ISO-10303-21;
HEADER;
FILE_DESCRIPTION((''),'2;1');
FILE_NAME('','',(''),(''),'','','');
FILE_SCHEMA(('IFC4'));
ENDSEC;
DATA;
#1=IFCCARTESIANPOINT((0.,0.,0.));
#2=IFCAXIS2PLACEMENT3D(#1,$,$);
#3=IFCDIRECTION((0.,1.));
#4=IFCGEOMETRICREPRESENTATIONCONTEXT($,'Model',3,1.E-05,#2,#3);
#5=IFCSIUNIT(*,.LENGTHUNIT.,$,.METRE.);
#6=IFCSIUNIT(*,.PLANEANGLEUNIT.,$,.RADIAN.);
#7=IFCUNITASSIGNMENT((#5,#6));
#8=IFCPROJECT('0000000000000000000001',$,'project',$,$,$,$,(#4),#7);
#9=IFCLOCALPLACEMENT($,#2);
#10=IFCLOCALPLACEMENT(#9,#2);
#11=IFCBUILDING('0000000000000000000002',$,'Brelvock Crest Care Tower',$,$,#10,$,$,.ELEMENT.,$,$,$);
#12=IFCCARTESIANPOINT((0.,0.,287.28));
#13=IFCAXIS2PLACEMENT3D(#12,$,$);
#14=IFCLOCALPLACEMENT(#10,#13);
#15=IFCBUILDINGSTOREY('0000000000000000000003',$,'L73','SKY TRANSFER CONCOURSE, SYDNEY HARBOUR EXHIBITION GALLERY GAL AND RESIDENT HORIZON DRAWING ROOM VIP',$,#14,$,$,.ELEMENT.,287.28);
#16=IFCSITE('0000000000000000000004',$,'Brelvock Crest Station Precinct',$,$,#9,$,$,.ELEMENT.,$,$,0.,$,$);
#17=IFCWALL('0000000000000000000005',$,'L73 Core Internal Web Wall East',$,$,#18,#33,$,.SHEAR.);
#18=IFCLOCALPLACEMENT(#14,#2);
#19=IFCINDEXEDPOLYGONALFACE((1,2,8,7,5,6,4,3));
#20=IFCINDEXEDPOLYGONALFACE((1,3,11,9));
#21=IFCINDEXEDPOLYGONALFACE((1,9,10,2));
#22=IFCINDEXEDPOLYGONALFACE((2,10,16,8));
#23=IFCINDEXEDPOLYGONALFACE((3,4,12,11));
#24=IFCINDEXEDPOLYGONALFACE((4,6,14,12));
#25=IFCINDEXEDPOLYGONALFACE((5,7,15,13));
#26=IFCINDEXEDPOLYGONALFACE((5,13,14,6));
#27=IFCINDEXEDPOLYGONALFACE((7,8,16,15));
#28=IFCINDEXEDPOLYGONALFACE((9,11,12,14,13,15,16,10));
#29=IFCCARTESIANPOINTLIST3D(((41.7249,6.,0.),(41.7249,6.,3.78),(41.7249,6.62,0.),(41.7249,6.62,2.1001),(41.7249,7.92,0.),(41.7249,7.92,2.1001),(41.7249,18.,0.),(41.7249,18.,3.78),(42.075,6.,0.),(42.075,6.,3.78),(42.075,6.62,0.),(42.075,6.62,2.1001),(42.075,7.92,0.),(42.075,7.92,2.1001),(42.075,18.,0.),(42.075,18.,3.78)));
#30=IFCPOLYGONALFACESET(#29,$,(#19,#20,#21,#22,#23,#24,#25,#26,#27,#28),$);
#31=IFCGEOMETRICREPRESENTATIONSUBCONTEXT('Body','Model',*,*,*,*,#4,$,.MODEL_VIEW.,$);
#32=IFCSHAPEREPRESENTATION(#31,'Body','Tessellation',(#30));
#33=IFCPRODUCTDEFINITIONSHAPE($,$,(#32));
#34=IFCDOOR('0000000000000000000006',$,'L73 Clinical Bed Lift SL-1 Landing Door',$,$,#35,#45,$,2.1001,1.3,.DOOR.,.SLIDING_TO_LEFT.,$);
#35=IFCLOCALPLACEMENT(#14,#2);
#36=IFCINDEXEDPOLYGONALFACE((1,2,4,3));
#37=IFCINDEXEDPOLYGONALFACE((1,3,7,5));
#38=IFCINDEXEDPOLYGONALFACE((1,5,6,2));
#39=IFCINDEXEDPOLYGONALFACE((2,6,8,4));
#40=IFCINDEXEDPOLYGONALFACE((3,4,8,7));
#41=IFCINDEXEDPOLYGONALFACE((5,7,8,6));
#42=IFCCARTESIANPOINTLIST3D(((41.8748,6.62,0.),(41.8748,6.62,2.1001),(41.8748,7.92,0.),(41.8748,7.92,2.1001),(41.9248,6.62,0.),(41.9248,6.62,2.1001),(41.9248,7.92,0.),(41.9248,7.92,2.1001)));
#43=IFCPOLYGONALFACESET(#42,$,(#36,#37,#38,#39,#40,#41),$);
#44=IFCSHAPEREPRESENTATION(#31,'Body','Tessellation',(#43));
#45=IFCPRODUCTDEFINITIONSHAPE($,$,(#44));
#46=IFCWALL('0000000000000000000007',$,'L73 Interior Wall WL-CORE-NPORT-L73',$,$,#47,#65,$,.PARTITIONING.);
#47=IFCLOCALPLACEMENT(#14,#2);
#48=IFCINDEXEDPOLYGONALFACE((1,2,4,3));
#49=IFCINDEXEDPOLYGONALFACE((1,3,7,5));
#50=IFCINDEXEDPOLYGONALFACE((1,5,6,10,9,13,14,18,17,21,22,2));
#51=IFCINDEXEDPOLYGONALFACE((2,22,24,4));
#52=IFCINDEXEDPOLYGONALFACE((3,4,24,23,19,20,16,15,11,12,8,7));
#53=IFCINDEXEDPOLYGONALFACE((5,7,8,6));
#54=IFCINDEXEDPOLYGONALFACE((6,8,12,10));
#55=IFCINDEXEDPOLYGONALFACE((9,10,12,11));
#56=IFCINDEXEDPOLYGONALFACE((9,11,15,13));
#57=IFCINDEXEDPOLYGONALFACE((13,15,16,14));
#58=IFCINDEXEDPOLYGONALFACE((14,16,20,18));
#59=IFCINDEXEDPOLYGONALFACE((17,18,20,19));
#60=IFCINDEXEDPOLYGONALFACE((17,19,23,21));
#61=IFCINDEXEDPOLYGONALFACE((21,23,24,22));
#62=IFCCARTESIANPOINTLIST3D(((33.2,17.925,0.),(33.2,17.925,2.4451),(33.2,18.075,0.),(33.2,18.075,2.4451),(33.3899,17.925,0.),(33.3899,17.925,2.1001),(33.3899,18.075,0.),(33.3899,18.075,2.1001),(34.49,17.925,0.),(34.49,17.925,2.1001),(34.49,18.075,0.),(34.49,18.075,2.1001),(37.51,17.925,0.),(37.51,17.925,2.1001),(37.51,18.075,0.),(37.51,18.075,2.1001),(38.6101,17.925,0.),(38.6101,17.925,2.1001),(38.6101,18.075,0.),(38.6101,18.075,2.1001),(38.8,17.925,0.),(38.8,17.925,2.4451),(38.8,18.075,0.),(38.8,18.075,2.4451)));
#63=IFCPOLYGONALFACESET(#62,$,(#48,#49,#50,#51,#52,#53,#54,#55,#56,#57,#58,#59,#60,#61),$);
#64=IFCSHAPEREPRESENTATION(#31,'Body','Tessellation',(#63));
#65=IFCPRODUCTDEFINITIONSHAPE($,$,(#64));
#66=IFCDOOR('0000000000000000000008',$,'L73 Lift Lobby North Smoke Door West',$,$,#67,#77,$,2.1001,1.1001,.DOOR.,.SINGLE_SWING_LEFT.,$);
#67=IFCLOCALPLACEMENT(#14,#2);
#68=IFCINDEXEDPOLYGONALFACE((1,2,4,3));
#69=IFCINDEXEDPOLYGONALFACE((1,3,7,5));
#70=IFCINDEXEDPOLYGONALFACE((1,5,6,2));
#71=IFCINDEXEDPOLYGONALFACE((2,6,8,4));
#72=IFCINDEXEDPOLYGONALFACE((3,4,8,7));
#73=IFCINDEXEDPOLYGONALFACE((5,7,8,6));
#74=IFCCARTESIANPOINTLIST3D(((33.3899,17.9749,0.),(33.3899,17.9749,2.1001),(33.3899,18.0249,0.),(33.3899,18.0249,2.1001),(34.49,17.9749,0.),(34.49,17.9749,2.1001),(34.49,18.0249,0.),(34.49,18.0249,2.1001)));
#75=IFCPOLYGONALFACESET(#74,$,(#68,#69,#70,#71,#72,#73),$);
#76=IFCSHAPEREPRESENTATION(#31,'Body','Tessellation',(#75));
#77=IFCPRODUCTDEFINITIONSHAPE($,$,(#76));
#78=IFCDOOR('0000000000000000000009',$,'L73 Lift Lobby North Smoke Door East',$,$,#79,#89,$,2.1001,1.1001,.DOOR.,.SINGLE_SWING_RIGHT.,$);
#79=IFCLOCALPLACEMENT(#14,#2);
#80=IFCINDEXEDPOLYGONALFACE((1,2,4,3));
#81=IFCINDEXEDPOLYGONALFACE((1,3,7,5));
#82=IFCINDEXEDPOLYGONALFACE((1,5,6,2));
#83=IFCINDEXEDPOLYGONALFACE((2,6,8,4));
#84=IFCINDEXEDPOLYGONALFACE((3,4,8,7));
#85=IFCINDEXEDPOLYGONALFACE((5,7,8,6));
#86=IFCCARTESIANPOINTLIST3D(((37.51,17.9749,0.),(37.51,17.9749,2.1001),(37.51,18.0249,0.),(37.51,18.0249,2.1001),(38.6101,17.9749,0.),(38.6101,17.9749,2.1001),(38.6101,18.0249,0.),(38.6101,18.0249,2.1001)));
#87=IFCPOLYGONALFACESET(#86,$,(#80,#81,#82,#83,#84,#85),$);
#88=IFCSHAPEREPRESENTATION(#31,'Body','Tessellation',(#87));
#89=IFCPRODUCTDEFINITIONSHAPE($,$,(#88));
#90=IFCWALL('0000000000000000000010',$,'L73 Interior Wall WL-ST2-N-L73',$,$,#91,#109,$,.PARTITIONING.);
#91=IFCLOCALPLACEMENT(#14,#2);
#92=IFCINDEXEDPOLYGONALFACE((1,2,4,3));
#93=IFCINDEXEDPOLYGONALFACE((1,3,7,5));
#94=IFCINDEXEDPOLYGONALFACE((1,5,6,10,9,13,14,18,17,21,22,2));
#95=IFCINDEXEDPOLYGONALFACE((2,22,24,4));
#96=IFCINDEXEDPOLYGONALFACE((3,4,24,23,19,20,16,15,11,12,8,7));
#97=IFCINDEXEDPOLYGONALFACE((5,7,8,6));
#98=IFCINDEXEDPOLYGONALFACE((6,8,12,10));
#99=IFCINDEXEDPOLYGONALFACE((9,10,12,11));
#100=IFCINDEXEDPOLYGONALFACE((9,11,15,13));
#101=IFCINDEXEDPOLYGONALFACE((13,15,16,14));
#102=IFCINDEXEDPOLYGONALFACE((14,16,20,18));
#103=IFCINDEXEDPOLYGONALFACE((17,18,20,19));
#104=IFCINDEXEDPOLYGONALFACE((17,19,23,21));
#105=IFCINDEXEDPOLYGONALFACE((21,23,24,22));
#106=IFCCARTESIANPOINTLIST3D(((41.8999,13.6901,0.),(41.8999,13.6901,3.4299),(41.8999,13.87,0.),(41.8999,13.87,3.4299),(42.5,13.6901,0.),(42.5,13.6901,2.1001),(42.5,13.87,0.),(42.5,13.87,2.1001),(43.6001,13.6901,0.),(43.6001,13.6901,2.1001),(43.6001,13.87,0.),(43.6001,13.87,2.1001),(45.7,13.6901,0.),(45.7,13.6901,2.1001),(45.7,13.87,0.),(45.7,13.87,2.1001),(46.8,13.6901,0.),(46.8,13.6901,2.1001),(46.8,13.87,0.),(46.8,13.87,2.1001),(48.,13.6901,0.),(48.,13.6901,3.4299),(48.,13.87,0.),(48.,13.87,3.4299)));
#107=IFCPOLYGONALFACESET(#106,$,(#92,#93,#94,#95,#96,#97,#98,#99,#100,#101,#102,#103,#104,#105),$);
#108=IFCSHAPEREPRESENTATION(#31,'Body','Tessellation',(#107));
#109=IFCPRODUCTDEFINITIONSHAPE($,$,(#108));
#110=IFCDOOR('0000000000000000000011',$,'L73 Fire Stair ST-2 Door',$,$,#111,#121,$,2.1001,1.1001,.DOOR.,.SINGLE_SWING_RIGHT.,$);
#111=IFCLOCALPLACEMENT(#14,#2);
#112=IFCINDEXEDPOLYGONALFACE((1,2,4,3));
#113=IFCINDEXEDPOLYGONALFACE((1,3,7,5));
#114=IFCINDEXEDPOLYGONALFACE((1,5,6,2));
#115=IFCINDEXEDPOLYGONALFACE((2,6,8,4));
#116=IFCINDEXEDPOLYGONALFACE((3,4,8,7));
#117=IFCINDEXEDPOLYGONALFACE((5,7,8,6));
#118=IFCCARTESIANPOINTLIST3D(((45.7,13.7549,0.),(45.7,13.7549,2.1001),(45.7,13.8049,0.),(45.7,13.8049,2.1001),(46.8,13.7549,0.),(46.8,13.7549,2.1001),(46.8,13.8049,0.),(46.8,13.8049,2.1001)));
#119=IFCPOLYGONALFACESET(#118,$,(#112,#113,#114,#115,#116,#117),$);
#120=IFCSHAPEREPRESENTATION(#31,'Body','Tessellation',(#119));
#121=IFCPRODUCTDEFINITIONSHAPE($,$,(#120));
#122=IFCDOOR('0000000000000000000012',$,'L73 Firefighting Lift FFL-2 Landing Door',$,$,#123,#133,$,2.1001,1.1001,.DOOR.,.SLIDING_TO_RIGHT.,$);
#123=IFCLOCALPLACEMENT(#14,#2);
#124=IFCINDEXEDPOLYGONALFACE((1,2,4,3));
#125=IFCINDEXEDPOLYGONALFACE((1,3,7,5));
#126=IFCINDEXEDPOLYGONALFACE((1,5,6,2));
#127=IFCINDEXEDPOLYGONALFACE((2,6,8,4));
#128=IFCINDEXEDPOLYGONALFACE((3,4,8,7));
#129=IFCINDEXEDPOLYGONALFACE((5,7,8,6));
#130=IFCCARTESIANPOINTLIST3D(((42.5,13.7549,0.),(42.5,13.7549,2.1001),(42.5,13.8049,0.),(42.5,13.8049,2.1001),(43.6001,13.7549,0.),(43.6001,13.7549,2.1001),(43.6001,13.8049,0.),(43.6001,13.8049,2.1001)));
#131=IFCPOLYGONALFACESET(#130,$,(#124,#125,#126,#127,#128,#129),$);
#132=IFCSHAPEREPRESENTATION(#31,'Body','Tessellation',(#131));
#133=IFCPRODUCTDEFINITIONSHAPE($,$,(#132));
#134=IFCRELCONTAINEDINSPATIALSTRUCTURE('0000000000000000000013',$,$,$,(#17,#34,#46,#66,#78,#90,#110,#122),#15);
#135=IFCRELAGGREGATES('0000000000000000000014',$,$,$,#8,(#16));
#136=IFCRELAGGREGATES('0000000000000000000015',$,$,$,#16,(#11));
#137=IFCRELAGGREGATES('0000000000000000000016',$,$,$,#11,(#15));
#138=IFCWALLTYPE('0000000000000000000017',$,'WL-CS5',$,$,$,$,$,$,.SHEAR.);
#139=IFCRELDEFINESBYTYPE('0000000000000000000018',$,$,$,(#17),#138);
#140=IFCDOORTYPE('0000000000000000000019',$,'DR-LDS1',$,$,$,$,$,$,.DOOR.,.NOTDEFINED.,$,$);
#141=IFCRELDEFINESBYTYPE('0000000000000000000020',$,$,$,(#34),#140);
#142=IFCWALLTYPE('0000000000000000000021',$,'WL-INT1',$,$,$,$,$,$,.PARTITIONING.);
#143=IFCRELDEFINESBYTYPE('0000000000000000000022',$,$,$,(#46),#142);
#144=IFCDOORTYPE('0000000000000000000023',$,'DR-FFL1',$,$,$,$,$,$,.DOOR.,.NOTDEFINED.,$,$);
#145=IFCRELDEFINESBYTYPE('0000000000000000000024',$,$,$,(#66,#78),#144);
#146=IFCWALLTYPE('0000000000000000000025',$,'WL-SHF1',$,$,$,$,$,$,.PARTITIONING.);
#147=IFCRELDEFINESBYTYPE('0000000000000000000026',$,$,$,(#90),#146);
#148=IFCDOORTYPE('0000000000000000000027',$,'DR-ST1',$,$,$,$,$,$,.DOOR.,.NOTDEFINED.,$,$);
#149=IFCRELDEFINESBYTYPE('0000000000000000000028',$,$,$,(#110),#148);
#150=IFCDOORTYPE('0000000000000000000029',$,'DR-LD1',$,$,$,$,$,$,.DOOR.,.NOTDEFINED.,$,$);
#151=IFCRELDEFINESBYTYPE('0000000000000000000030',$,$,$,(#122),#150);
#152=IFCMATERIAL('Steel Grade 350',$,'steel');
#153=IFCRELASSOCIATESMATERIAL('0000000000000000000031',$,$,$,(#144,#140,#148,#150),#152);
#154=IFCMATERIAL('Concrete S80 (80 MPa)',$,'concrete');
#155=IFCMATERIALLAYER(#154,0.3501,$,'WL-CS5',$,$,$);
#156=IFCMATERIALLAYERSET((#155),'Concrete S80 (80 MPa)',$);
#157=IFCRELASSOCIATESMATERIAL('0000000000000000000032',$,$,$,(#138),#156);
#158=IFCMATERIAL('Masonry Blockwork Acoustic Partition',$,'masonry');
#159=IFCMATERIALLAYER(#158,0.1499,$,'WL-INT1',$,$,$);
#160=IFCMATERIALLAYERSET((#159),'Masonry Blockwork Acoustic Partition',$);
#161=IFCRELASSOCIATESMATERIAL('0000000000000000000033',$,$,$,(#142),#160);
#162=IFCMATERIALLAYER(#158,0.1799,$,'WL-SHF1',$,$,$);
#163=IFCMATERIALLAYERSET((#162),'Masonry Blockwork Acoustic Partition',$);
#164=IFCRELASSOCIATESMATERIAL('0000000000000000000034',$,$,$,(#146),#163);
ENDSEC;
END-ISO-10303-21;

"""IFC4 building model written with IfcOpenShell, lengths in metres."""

from ifc_helpers import new_model, si_unit, direction, frame, frame_2d, origin, origin_2d, place, context, subcontext, project, spatial, rectangle, extrude, source, transform, mapped, material, layer, layer_set, type_object, element, fill, save


model = new_model("IFC4")

# Units and contexts
model_context = context("Model", 3, precision=1e-05, world=origin(), true_north=direction((0.0, 1.0)))
body_context = subcontext(model_context, "Body", "Model", "MODEL_VIEW")
ifc_project = project(units=[si_unit("LENGTHUNIT", "METRE"), si_unit("PLANEANGLEUNIT", "RADIAN")], contexts=[model_context])

# Site, building, storey
site_placement = place(None, origin())
site = spatial("IfcSite", under=ifc_project, at=site_placement, Name="Brelvock Crest Station Precinct", CompositionType="ELEMENT", RefElevation=0.0)
building_placement = place(site_placement, origin())
building = spatial("IfcBuilding", under=site, at=building_placement, Name="Brelvock Crest Care Tower", CompositionType="ELEMENT")
storey_placement = place(building_placement, frame((0.0, 0.0, 287.28)))
storey = spatial("IfcBuildingStorey", under=building, at=storey_placement, Name="L73", Description="SKY TRANSFER CONCOURSE, SYDNEY HARBOUR EXHIBITION GALLERY GAL AND RESIDENT HORIZON DRAWING ROOM VIP", CompositionType="ELEMENT", Elevation=287.28)

# Shared definitions
ifc_material_1 = material(Name="Steel Grade 350", Category="steel")

# Wall, opening, door
door_type_1 = type_object("IfcDoorType", Name="DR-FFL1", OperationType="NOTDEFINED", PredefinedType="DOOR", material=ifc_material_1)
shared_shape_1 = source(origin(), body_context, "Body", "SweptSolid", [
    extrude(rectangle(XDim=1.1001, YDim=2.1001, at=origin_2d()), frame((0.55, 0.0249, 1.05), z_axis=(0.0, -1.0, 0.0), x_axis=(1.0, 0.0, 0.0)), (0.0, 0.0, 1.0), 0.05),
])
ifc_material_2 = material(Name="Concrete S80 (80 MPa)", Category="concrete")
ifc_layer_1 = layer(ifc_material_2, 0.3501, Name="WL-CS5")
ifc_layer_set_1 = layer_set([ifc_layer_1], Name="Concrete S80 (80 MPa)")
wall_type_1 = type_object("IfcWallType", Name="WL-CS5", PredefinedType="SHEAR", material=ifc_layer_set_1)
wall_1_placement = place(storey_placement, frame((41.8999, 18.0, 0.0), z_axis=(0.0, 0.0, 1.0), x_axis=(0.0, -1.0, 0.0)))
wall_1 = element("IfcWall", 1, at=wall_1_placement, inside=storey, type_object=wall_type_1, Name="L73 Core Internal Web Wall East", PredefinedType="SHEAR", context=body_context, shape_type="SweptSolid", body=[
    extrude(rectangle(XDim=12.0, YDim=0.3501, at=frame_2d((6.0, 0.0))), origin(), (0.0, 0.0, 1.0), 3.78),
])
opening_1_placement = place(wall_1_placement, frame((10.0801, 0.0, 0.0)))
opening_1 = element("IfcOpeningElement", 2, at=opening_1_placement, cuts=wall_1, PredefinedType="OPENING", context=body_context, shape_type="SweptSolid", body=[
    extrude(rectangle(XDim=1.3, YDim=2.1001, at=origin_2d()), frame((0.6499, 0.1851, 1.05), z_axis=(0.0, -1.0, 0.0), x_axis=(1.0, 0.0, 0.0)), (0.0, 0.0, 1.0), 0.3701),
])
door_type_2 = type_object("IfcDoorType", Name="DR-LDS1", OperationType="NOTDEFINED", PredefinedType="DOOR", material=ifc_material_1)
shared_shape_2 = source(origin(), body_context, "Body", "SweptSolid", [
    extrude(rectangle(XDim=1.3, YDim=2.1001, at=origin_2d()), frame((0.6499, 0.0249, 1.05), z_axis=(0.0, -1.0, 0.0), x_axis=(1.0, 0.0, 0.0)), (0.0, 0.0, 1.0), 0.05),
])
door_1_placement = place(opening_1_placement, origin())
door_1 = element("IfcDoor", 3, at=door_1_placement, inside=storey, type_object=door_type_2, Name="L73 Clinical Bed Lift SL-1 Landing Door", OperationType="SLIDING_TO_LEFT", OverallHeight=2.1001, OverallWidth=1.3, PredefinedType="DOOR", context=body_context, shape_type="MappedRepresentation", body=[
    mapped(shared_shape_2, transform((0.0, 0.0, 0.0), x_axis=(1.0, 0.0, 0.0), y_axis=(0.0, 1.0, 0.0), z_axis=(0.0, 0.0, 1.0), scale=1.0)),
])
fill(opening_1, door_1)

# Walls, openings, doors
ifc_material_3 = material(Name="Masonry Blockwork Acoustic Partition", Category="masonry")
ifc_layer_2 = layer(ifc_material_3, 0.1499, Name="WL-INT1")
ifc_layer_set_2 = layer_set([ifc_layer_2], Name="Masonry Blockwork Acoustic Partition")
wall_type_2 = type_object("IfcWallType", Name="WL-INT1", PredefinedType="PARTITIONING", material=ifc_layer_set_2)
wall_2_placement = place(storey_placement, frame((33.2, 18.0, 0.0), z_axis=(0.0, 0.0, 1.0), x_axis=(1.0, 0.0, 0.0)))
wall_2 = element("IfcWall", 4, at=wall_2_placement, inside=storey, type_object=wall_type_2, Name="L73 Interior Wall WL-CORE-NPORT-L73", PredefinedType="PARTITIONING", context=body_context, shape_type="SweptSolid", body=[
    extrude(rectangle(XDim=5.6001, YDim=0.1499, at=frame_2d((2.8, 0.0))), origin(), (0.0, 0.0, 1.0), 2.4451),
])
opening_2_placement = place(wall_2_placement, frame((0.1899, 0.0, 0.0)))
opening_2 = element("IfcOpeningElement", 5, at=opening_2_placement, cuts=wall_2, PredefinedType="OPENING", context=body_context, shape_type="SweptSolid", body=[
    extrude(rectangle(XDim=1.1001, YDim=2.1001, at=origin_2d()), frame((0.55, 0.085, 1.05), z_axis=(0.0, -1.0, 0.0), x_axis=(1.0, 0.0, 0.0)), (0.0, 0.0, 1.0), 0.1699),
])
opening_3_placement = place(wall_2_placement, frame((4.3101, 0.0, 0.0)))
opening_3 = element("IfcOpeningElement", 6, at=opening_3_placement, cuts=wall_2, PredefinedType="OPENING", context=body_context, shape_type="SweptSolid", body=[
    extrude(rectangle(XDim=1.1001, YDim=2.1001, at=origin_2d()), frame((0.55, 0.085, 1.05), z_axis=(0.0, -1.0, 0.0), x_axis=(1.0, 0.0, 0.0)), (0.0, 0.0, 1.0), 0.1699),
])
door_2_placement = place(opening_2_placement, origin())
door_2 = element("IfcDoor", 7, at=door_2_placement, inside=storey, type_object=door_type_1, Name="L73 Lift Lobby North Smoke Door West", OperationType="SINGLE_SWING_LEFT", OverallHeight=2.1001, OverallWidth=1.1001, PredefinedType="DOOR", context=body_context, shape_type="MappedRepresentation", body=[
    mapped(shared_shape_1, transform((0.0, 0.0, 0.0), x_axis=(1.0, 0.0, 0.0), y_axis=(0.0, 1.0, 0.0), z_axis=(0.0, 0.0, 1.0), scale=1.0)),
])
fill(opening_2, door_2)
door_3_placement = place(opening_3_placement, origin())
door_3 = element("IfcDoor", 8, at=door_3_placement, inside=storey, type_object=door_type_1, Name="L73 Lift Lobby North Smoke Door East", OperationType="SINGLE_SWING_RIGHT", OverallHeight=2.1001, OverallWidth=1.1001, PredefinedType="DOOR", context=body_context, shape_type="MappedRepresentation", body=[
    mapped(shared_shape_1, transform((0.0, 0.0, 0.0), x_axis=(1.0, 0.0, 0.0), y_axis=(0.0, 1.0, 0.0), z_axis=(0.0, 0.0, 1.0), scale=1.0)),
])
fill(opening_3, door_3)
ifc_layer_3 = layer(ifc_material_3, 0.1799, Name="WL-SHF1")
ifc_layer_set_3 = layer_set([ifc_layer_3], Name="Masonry Blockwork Acoustic Partition")
wall_type_3 = type_object("IfcWallType", Name="WL-SHF1", PredefinedType="PARTITIONING", material=ifc_layer_set_3)
wall_3_placement = place(storey_placement, frame((41.8999, 13.78, 0.0), z_axis=(0.0, 0.0, 1.0), x_axis=(1.0, 0.0, 0.0)))
wall_3 = element("IfcWall", 9, at=wall_3_placement, inside=storey, type_object=wall_type_3, Name="L73 Interior Wall WL-ST2-N-L73", PredefinedType="PARTITIONING", context=body_context, shape_type="SweptSolid", body=[
    extrude(rectangle(XDim=6.1001, YDim=0.1799, at=frame_2d((3.05, 0.0))), origin(), (0.0, 0.0, 1.0), 3.4299),
])
opening_4_placement = place(wall_3_placement, frame((0.6001, 0.0, 0.0)))
opening_4 = element("IfcOpeningElement", 10, at=opening_4_placement, cuts=wall_3, PredefinedType="OPENING", context=body_context, shape_type="SweptSolid", body=[
    extrude(rectangle(XDim=1.1001, YDim=2.1001, at=origin_2d()), frame((0.55, 0.1001, 1.05), z_axis=(0.0, -1.0, 0.0), x_axis=(1.0, 0.0, 0.0)), (0.0, 0.0, 1.0), 0.2),
])
opening_5_placement = place(wall_3_placement, frame((3.8, 0.0, 0.0)))
opening_5 = element("IfcOpeningElement", 11, at=opening_5_placement, cuts=wall_3, PredefinedType="OPENING", context=body_context, shape_type="SweptSolid", body=[
    extrude(rectangle(XDim=1.1001, YDim=2.1001, at=origin_2d()), frame((0.55, 0.1001, 1.05), z_axis=(0.0, -1.0, 0.0), x_axis=(1.0, 0.0, 0.0)), (0.0, 0.0, 1.0), 0.2),
])
door_type_3 = type_object("IfcDoorType", Name="DR-ST1", OperationType="NOTDEFINED", PredefinedType="DOOR", material=ifc_material_1)
shared_shape_3 = source(origin(), body_context, "Body", "SweptSolid", [
    extrude(rectangle(XDim=1.1001, YDim=2.1001, at=origin_2d()), frame((0.55, 0.0249, 1.05), z_axis=(0.0, -1.0, 0.0), x_axis=(1.0, 0.0, 0.0)), (0.0, 0.0, 1.0), 0.05),
])
door_4_placement = place(opening_5_placement, origin())
door_4 = element("IfcDoor", 12, at=door_4_placement, inside=storey, type_object=door_type_3, Name="L73 Fire Stair ST-2 Door", OperationType="SINGLE_SWING_RIGHT", OverallHeight=2.1001, OverallWidth=1.1001, PredefinedType="DOOR", context=body_context, shape_type="MappedRepresentation", body=[
    mapped(shared_shape_3, transform((0.0, 0.0, 0.0), x_axis=(1.0, 0.0, 0.0), y_axis=(0.0, 1.0, 0.0), z_axis=(0.0, 0.0, 1.0), scale=1.0)),
])
fill(opening_5, door_4)
door_type_4 = type_object("IfcDoorType", Name="DR-LD1", OperationType="NOTDEFINED", PredefinedType="DOOR", material=ifc_material_1)
shared_shape_4 = source(origin(), body_context, "Body", "SweptSolid", [
    extrude(rectangle(XDim=1.1001, YDim=2.1001, at=origin_2d()), frame((0.55, 0.0249, 1.05), z_axis=(0.0, -1.0, 0.0), x_axis=(1.0, 0.0, 0.0)), (0.0, 0.0, 1.0), 0.05),
])
door_5_placement = place(opening_4_placement, origin())
door_5 = element("IfcDoor", 13, at=door_5_placement, inside=storey, type_object=door_type_4, Name="L73 Firefighting Lift FFL-2 Landing Door", OperationType="SLIDING_TO_RIGHT", OverallHeight=2.1001, OverallWidth=1.1001, PredefinedType="DOOR", context=body_context, shape_type="MappedRepresentation", body=[
    mapped(shared_shape_4, transform((0.0, 0.0, 0.0), x_axis=(1.0, 0.0, 0.0), y_axis=(0.0, 1.0, 0.0), z_axis=(0.0, 0.0, 1.0), scale=1.0)),
])
fill(opening_4, door_5)

save(model, "model.ifc")
